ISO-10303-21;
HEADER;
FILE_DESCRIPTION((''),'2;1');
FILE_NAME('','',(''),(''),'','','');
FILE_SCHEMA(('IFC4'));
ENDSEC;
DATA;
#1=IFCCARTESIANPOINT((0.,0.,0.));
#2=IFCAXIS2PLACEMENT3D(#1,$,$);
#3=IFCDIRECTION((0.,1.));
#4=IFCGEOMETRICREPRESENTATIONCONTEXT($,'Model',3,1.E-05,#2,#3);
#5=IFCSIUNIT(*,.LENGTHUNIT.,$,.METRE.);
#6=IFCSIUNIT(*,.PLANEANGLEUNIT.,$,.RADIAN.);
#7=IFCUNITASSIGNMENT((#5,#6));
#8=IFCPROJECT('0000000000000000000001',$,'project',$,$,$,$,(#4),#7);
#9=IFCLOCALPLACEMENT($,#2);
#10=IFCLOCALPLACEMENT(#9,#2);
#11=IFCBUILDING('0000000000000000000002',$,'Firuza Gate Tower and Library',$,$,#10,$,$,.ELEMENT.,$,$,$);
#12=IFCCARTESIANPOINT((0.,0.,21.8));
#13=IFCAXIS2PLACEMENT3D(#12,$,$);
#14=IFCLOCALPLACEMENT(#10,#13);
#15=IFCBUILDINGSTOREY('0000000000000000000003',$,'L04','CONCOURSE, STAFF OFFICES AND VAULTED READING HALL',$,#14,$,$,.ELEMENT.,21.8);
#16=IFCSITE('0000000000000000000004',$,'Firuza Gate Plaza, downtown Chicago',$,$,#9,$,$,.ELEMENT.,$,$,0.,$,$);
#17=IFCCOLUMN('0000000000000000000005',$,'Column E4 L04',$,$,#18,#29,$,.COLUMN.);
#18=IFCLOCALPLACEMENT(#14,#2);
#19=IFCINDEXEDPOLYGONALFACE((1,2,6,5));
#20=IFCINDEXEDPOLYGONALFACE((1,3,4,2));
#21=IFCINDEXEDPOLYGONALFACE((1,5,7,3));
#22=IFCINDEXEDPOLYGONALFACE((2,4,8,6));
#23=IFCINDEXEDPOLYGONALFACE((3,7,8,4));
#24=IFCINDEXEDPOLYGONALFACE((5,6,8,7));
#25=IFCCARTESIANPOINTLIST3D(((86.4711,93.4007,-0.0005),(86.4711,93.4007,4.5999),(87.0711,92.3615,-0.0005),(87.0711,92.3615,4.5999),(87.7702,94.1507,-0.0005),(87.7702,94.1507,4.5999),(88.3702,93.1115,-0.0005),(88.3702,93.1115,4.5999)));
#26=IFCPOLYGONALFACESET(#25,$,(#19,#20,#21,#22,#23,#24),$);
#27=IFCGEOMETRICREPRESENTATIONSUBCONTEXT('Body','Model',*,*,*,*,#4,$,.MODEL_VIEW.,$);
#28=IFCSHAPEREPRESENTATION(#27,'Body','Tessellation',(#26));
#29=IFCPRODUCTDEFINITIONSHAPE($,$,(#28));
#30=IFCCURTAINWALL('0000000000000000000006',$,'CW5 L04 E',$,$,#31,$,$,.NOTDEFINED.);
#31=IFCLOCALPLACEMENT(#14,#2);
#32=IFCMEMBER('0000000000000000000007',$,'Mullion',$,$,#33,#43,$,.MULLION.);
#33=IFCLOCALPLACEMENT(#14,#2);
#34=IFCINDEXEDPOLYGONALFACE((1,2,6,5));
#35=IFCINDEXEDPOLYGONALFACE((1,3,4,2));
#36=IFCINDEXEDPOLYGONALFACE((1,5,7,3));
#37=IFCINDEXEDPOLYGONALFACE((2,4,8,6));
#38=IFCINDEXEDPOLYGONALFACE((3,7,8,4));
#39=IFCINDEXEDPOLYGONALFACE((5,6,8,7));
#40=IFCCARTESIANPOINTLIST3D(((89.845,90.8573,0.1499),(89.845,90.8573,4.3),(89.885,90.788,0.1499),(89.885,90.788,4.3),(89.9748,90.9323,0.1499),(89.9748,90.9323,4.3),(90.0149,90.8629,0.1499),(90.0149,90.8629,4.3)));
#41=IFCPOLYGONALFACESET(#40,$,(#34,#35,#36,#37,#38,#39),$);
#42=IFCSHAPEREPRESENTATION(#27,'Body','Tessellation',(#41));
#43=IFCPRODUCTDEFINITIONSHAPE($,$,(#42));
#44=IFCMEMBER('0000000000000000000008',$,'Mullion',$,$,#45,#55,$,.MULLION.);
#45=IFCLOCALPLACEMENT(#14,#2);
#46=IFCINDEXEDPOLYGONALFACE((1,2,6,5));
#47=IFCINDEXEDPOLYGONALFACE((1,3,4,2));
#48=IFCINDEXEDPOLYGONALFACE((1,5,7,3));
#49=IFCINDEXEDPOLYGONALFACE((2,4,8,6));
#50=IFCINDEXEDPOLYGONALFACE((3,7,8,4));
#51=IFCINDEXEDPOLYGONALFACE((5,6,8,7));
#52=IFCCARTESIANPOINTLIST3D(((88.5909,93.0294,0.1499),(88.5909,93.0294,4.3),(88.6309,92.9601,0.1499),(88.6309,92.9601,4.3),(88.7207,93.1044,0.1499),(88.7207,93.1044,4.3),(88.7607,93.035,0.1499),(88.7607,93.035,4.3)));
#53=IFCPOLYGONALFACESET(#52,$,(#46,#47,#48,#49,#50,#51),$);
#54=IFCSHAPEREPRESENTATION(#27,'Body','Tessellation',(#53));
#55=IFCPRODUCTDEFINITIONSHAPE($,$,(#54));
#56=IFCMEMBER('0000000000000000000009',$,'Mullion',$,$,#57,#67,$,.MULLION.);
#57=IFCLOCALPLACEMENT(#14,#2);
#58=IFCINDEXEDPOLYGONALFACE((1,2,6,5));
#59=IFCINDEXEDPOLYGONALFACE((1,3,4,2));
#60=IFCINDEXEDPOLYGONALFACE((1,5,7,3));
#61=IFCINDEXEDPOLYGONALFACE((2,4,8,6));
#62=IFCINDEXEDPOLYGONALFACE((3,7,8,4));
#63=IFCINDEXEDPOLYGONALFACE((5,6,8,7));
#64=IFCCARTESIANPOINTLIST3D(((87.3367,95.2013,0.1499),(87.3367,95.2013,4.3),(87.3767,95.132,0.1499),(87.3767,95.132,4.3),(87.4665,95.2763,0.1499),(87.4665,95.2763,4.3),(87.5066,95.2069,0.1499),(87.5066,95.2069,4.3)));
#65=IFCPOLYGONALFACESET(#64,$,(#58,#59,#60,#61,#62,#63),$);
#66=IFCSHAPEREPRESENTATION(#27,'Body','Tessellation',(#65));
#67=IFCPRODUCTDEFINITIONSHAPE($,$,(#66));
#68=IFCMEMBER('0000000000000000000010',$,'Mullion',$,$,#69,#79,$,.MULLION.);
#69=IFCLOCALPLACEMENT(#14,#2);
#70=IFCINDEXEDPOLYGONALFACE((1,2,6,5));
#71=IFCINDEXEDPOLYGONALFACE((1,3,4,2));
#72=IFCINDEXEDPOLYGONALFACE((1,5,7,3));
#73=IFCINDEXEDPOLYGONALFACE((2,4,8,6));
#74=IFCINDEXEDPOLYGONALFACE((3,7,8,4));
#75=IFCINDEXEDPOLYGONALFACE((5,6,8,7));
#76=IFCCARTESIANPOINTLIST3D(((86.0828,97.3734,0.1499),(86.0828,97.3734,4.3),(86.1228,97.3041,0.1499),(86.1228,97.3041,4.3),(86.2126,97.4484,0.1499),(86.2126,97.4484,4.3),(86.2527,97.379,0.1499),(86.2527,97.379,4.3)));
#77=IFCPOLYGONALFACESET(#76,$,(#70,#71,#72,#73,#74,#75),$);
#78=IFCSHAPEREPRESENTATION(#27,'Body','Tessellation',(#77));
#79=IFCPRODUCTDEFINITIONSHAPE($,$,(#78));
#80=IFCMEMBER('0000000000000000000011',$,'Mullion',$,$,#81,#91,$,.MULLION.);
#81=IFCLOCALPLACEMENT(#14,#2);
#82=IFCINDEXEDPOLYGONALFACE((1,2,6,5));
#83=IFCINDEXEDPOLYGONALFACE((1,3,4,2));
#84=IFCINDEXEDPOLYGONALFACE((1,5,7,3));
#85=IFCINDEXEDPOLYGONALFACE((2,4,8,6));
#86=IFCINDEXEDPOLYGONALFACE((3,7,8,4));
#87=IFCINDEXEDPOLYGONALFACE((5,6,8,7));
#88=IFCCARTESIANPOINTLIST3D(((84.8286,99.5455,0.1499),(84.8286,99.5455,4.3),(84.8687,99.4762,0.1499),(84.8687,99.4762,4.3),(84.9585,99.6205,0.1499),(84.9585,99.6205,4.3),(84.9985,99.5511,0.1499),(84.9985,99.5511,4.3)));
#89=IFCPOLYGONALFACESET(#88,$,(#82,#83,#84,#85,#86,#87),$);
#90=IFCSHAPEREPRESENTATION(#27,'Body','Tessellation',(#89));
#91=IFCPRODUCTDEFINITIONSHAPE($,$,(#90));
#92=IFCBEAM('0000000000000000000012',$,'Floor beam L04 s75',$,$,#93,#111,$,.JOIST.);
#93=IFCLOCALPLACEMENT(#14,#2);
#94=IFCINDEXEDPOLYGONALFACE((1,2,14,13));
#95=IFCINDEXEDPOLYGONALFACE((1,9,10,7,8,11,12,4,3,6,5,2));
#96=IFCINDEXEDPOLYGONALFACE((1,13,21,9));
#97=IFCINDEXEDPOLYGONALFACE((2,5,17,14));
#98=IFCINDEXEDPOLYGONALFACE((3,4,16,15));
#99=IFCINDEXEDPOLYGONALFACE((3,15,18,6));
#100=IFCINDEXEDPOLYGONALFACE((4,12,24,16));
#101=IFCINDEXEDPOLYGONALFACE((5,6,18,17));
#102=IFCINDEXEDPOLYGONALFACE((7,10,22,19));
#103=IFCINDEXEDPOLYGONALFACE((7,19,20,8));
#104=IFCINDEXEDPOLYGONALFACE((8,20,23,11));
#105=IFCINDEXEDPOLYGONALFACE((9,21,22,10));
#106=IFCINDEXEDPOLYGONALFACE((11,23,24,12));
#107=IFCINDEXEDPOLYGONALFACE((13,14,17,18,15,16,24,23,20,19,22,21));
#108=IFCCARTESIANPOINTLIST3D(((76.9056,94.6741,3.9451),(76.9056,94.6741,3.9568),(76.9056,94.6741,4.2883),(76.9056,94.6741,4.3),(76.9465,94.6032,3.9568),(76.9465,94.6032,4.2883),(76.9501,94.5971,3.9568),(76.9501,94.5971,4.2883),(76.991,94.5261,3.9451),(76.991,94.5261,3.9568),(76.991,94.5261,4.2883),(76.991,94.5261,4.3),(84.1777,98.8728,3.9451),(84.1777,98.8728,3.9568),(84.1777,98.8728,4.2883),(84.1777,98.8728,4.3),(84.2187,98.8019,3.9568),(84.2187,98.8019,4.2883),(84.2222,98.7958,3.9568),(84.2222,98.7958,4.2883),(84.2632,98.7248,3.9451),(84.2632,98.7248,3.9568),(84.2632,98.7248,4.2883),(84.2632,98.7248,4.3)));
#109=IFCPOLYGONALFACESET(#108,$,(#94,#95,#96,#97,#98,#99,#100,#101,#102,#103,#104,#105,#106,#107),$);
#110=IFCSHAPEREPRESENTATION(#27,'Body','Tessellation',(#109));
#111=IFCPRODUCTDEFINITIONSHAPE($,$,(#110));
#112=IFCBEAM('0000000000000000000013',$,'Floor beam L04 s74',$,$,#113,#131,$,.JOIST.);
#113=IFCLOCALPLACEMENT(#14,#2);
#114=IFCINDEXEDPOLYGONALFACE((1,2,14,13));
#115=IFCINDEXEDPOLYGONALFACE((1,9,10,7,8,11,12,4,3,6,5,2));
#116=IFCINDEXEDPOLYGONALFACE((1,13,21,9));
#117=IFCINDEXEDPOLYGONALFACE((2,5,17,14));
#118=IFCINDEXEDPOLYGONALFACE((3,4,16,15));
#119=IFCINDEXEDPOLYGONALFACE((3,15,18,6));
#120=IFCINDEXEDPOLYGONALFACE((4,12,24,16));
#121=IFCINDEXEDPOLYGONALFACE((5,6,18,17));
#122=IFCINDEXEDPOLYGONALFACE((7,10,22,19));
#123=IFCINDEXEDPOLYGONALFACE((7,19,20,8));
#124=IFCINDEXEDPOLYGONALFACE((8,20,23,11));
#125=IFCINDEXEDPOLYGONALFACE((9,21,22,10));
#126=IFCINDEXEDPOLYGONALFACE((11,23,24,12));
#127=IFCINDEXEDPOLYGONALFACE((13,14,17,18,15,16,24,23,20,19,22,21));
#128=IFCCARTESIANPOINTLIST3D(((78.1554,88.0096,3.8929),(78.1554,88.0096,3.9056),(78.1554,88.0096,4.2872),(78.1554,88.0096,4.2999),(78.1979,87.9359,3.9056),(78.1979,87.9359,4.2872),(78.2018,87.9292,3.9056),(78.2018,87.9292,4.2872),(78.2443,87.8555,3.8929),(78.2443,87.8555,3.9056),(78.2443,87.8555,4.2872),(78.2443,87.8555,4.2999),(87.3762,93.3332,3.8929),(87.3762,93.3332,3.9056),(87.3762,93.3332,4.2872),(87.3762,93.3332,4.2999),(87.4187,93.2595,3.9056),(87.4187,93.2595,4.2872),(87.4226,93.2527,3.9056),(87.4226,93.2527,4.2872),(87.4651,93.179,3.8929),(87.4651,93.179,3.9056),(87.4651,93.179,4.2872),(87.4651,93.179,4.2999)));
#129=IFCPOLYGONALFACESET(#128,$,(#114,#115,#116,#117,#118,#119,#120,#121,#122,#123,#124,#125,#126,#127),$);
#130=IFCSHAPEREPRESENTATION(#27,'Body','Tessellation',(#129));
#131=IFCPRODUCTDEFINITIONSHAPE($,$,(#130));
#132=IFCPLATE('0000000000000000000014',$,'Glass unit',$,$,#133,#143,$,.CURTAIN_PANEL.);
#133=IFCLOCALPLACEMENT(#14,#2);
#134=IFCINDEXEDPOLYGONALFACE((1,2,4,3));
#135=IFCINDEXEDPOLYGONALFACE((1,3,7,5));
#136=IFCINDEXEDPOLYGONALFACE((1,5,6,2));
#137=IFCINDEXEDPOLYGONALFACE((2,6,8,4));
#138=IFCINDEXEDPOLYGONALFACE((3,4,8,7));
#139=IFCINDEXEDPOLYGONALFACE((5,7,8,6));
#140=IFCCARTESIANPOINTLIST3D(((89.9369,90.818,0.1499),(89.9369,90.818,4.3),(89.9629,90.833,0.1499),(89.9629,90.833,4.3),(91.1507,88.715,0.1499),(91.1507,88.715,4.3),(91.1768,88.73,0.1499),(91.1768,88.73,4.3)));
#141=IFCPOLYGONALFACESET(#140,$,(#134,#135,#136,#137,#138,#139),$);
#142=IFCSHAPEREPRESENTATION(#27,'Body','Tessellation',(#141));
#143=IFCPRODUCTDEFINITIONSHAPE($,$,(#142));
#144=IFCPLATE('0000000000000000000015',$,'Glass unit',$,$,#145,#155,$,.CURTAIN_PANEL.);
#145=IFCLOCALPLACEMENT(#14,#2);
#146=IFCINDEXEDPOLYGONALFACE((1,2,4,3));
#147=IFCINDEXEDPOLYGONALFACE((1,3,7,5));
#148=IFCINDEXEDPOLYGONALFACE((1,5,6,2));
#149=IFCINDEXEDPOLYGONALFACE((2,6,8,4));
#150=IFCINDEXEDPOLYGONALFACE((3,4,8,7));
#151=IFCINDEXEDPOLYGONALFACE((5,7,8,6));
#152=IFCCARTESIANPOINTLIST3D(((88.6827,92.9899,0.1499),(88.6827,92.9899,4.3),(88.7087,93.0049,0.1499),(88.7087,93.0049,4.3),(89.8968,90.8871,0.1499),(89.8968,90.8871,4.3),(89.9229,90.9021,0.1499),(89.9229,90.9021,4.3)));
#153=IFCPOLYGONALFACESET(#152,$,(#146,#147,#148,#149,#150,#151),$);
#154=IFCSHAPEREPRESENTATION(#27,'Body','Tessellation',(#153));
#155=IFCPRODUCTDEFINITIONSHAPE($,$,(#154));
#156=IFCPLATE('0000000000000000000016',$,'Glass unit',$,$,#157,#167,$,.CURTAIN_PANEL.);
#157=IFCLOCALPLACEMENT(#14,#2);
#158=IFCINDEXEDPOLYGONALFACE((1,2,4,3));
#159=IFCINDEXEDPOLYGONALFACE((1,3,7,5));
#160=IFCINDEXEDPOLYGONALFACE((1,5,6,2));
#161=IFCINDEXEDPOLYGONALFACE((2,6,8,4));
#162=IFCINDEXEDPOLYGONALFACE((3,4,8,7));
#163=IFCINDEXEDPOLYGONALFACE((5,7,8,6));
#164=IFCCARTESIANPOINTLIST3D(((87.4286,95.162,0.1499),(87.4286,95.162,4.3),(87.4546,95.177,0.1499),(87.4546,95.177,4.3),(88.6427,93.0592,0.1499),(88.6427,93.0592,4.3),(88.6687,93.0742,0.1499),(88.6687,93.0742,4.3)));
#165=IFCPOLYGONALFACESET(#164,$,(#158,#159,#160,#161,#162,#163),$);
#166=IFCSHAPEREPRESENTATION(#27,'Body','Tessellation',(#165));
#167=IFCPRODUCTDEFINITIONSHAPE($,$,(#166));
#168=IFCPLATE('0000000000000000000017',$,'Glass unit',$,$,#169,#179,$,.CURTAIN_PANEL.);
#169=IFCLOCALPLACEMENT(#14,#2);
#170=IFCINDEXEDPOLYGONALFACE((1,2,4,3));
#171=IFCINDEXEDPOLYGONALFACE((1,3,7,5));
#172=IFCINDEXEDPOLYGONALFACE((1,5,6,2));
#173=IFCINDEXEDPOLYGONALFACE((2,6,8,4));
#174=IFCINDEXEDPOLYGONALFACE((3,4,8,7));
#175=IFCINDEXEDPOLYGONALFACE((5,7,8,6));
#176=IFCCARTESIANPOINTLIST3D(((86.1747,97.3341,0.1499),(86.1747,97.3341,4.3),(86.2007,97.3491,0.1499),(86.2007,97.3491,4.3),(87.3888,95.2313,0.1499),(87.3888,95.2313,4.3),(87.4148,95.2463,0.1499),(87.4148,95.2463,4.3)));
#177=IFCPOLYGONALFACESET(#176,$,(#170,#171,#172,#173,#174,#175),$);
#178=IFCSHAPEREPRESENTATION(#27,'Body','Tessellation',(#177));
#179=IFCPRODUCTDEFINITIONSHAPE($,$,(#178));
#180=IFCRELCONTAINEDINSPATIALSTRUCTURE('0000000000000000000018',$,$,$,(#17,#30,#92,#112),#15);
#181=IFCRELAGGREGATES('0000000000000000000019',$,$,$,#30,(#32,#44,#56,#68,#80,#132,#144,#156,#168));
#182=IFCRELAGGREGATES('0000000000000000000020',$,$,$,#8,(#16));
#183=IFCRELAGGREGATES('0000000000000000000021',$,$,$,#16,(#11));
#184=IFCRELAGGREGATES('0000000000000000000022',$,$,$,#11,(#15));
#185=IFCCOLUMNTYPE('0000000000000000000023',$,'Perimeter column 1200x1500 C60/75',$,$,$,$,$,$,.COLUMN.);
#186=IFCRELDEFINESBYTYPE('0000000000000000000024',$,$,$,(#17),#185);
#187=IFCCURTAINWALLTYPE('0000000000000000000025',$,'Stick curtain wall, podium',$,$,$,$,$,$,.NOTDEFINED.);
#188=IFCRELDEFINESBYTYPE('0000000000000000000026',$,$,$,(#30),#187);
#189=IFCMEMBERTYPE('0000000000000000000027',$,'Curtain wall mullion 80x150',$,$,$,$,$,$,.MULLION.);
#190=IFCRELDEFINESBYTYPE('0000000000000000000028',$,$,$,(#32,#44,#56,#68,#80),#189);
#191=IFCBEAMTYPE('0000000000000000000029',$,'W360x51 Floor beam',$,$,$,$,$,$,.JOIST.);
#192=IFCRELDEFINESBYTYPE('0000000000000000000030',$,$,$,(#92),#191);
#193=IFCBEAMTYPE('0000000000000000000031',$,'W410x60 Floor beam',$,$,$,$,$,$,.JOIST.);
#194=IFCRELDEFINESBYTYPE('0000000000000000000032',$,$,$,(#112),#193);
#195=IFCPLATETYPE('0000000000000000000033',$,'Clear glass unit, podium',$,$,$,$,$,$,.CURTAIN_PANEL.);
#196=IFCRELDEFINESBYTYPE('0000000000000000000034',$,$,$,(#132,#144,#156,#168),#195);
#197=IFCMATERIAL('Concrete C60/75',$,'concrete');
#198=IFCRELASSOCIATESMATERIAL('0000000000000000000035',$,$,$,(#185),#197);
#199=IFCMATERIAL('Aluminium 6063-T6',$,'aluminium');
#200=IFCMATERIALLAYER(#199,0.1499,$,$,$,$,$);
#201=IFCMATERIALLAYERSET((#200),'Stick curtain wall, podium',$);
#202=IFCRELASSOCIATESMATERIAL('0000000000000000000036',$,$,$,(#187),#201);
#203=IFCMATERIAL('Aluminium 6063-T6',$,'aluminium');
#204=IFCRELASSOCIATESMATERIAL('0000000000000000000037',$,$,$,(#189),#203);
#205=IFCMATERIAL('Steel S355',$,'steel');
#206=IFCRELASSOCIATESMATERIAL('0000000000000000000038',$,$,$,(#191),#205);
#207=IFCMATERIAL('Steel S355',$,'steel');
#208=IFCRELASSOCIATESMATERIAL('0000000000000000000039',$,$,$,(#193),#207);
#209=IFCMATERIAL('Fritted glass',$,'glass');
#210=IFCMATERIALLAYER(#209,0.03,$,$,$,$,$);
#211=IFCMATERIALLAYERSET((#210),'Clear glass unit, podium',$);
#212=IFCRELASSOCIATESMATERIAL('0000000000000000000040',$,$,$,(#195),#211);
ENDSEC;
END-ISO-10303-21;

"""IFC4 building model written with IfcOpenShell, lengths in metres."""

from ifc_helpers import new_model, si_unit, direction, frame, origin, origin_2d, place, context, subcontext, project, spatial, polyline, rectangle, i_section, outline, extrude, material, layer, layer_set, material_profile, profile_set, type_object, element, aggregate, save


model = new_model("IFC4")

# Units and contexts
model_context = context("Model", 3, precision=1e-05, world=origin(), true_north=direction((0.0, 1.0)))
body_context = subcontext(model_context, "Body", "Model", "MODEL_VIEW")
ifc_project = project(units=[si_unit("LENGTHUNIT", "METRE"), si_unit("PLANEANGLEUNIT", "RADIAN")], contexts=[model_context])

# Site, building, storey
site_placement = place(None, origin())
site = spatial("IfcSite", under=ifc_project, at=site_placement, Name="Firuza Gate Plaza, downtown Chicago", CompositionType="ELEMENT", RefElevation=0.0)
building_placement = place(site_placement, origin())
building = spatial("IfcBuilding", under=site, at=building_placement, Name="Firuza Gate Tower and Library", CompositionType="ELEMENT")
storey_placement = place(building_placement, frame((0.0, 0.0, 21.8)))
storey = spatial("IfcBuildingStorey", under=building, at=storey_placement, Name="L04", Description="CONCOURSE, STAFF OFFICES AND VAULTED READING HALL", CompositionType="ELEMENT", Elevation=21.8)

# Column
ifc_material_1 = material(Name="Concrete C60/75", Category="concrete")
ifc_material_profile_1 = material_profile(ifc_material_1, rectangle(XDim=1.2, YDim=1.5, at=origin_2d()))
ifc_profile_set_1 = profile_set([ifc_material_profile_1], Name="Concrete C60/75")
column_type = type_object("IfcColumnType", Name="Perimeter column 1200x1500 C60/75", PredefinedType="COLUMN", material=ifc_profile_set_1)
column_placement = place(storey_placement, frame((87.4207, 93.2561, -0.0005), z_axis=(0.0, 0.0, 1.0), x_axis=(-0.5, 0.866025, 0.0)))
element("IfcColumn", 1, at=column_placement, inside=storey, type_object=column_type, Name="Column E4 L04", PredefinedType="COLUMN", context=body_context, shape_type="SweptSolid", body=[
    extrude(rectangle(XDim=1.2, YDim=1.5, at=origin_2d()), origin(), (0.0, 0.0, 1.0), 4.6003),
])

# Curtain wall, members
ifc_material_2 = material(Name="Aluminium 6063-T6", Category="aluminium")
ifc_layer_1 = layer(ifc_material_2, 0.1499)
ifc_layer_set_1 = layer_set([ifc_layer_1], Name="Stick curtain wall, podium")
curtain_wall_type = type_object("IfcCurtainWallType", Name="Stick curtain wall, podium", PredefinedType="NOTDEFINED", material=ifc_layer_set_1)
curtain_wall_placement = place(storey_placement, origin())
curtain_wall = element("IfcCurtainWall", 2, at=curtain_wall_placement, inside=storey, type_object=curtain_wall_type, Name="CW5 L04 E", PredefinedType="NOTDEFINED")
ifc_material_3 = material(Name="Aluminium 6063-T6", Category="aluminium")
ifc_material_profile_2 = material_profile(ifc_material_3, rectangle(XDim=0.1499, YDim=0.0801, at=origin_2d()))
ifc_profile_set_2 = profile_set([ifc_material_profile_2], Name="Aluminium 6063-T6")
member_type = type_object("IfcMemberType", Name="Curtain wall mullion 80x150", PredefinedType="MULLION", material=ifc_profile_set_2)
member_1_placement = place(storey_placement, frame((89.9299, 90.8601, 0.1499), z_axis=(0.0, 0.0, 1.0), x_axis=(-0.866025, -0.5, 0.0)))
member_1 = element("IfcMember", 3, at=member_1_placement, type_object=member_type, Name="Mullion", PredefinedType="MULLION", context=body_context, shape_type="SweptSolid", body=[
    extrude(rectangle(XDim=0.1499, YDim=0.0801, at=origin_2d()), origin(), (0.0, 0.0, 1.0), 4.1501),
])
member_2_placement = place(storey_placement, frame((88.6758, 93.0322, 0.1499), z_axis=(0.0, 0.0, 1.0), x_axis=(-0.866025, -0.5, 0.0)))
member_2 = element("IfcMember", 4, at=member_2_placement, type_object=member_type, Name="Mullion", PredefinedType="MULLION", context=body_context, shape_type="SweptSolid", body=[
    extrude(rectangle(XDim=0.1499, YDim=0.0801, at=origin_2d()), origin(), (0.0, 0.0, 1.0), 4.1501),
])
member_3_placement = place(storey_placement, frame((87.4216, 95.2041, 0.1499), z_axis=(0.0, 0.0, 1.0), x_axis=(-0.866025, -0.5, 0.0)))
member_3 = element("IfcMember", 5, at=member_3_placement, type_object=member_type, Name="Mullion", PredefinedType="MULLION", context=body_context, shape_type="SweptSolid", body=[
    extrude(rectangle(XDim=0.1499, YDim=0.0801, at=origin_2d()), origin(), (0.0, 0.0, 1.0), 4.1501),
])
member_4_placement = place(storey_placement, frame((86.1677, 97.3762, 0.1499), z_axis=(0.0, 0.0, 1.0), x_axis=(-0.866025, -0.5, 0.0)))
member_4 = element("IfcMember", 6, at=member_4_placement, type_object=member_type, Name="Mullion", PredefinedType="MULLION", context=body_context, shape_type="SweptSolid", body=[
    extrude(rectangle(XDim=0.1499, YDim=0.0801, at=origin_2d()), origin(), (0.0, 0.0, 1.0), 4.1501),
])
member_5_placement = place(storey_placement, frame((84.9136, 99.5483, 0.1499), z_axis=(0.0, 0.0, 1.0), x_axis=(-0.866025, -0.5, 0.0)))
member_5 = element("IfcMember", 7, at=member_5_placement, type_object=member_type, Name="Mullion", PredefinedType="MULLION", context=body_context, shape_type="SweptSolid", body=[
    extrude(rectangle(XDim=0.1499, YDim=0.0801, at=origin_2d()), origin(), (0.0, 0.0, 1.0), 4.1501),
])

# Beams
ifc_material_4 = material(Name="Steel S355", Category="steel")
ifc_material_profile_3 = material_profile(ifc_material_4, i_section(OverallWidth=0.1709, OverallDepth=0.355, WebThickness=0.0071, FlangeThickness=0.0117, at=origin_2d()))
ifc_profile_set_3 = profile_set([ifc_material_profile_3], Name="Steel S355")
beam_type_1 = type_object("IfcBeamType", Name="W360x51 Floor beam", PredefinedType="JOIST", material=ifc_profile_set_3)
beam_1_placement = place(storey_placement, frame((84.2205, 98.7988, 4.1226), z_axis=(-0.86602, -0.50001, 0.0), x_axis=(0.50001, -0.86602, 0.0)))
element("IfcBeam", 8, at=beam_1_placement, inside=storey, type_object=beam_type_1, Name="Floor beam L04 s75", PredefinedType="JOIST", context=body_context, shape_type="SweptSolid", body=[
    extrude(i_section(OverallWidth=0.1709, OverallDepth=0.355, WebThickness=0.0071, FlangeThickness=0.0117, at=origin_2d()), origin(), (0.0, 0.0, 1.0), 8.3972),
])
ifc_material_5 = material(Name="Steel S355", Category="steel")
ifc_material_profile_4 = material_profile(ifc_material_5, i_section(OverallWidth=0.178, OverallDepth=0.407, WebThickness=0.0078, FlangeThickness=0.0127, at=origin_2d()))
ifc_profile_set_4 = profile_set([ifc_material_profile_4], Name="Steel S355")
beam_type_2 = type_object("IfcBeamType", Name="W410x60 Floor beam", PredefinedType="JOIST", material=ifc_profile_set_4)
beam_2_placement = place(storey_placement, frame((87.4207, 93.2561, 4.0964), z_axis=(-0.866029, -0.499994, 0.0), x_axis=(0.499994, -0.866029, 0.0)))
element("IfcBeam", 9, at=beam_2_placement, inside=storey, type_object=beam_type_2, Name="Floor beam L04 s74", PredefinedType="JOIST", context=body_context, shape_type="SweptSolid", body=[
    extrude(i_section(OverallWidth=0.178, OverallDepth=0.407, WebThickness=0.0078, FlangeThickness=0.0127, at=origin_2d()), origin(), (0.0, 0.0, 1.0), 10.6472),
])

# Plates
ifc_material_6 = material(Name="Fritted glass", Category="glass")
ifc_layer_2 = layer(ifc_material_6, 0.03)
ifc_layer_set_2 = layer_set([ifc_layer_2], Name="Clear glass unit, podium")
plate_type = type_object("IfcPlateType", Name="Clear glass unit, podium", PredefinedType="CURTAIN_PANEL", material=ifc_layer_set_2)
plate_1_placement = place(storey_placement, frame((91.1768, 88.73, 0.1499), z_axis=(0.866082, 0.499902, 0.0), x_axis=(-0.499902, 0.866082, 0.0)))
plate_1 = element("IfcPlate", 10, at=plate_1_placement, type_object=plate_type, Name="Glass unit", PredefinedType="CURTAIN_PANEL", context=body_context, shape_type="SweptSolid", body=[
    extrude(outline(polyline([(0.0, 0.0), (2.4282, 0.0), (2.4282, 4.1501), (0.0, 4.1501), (0.0, 0.0)])), origin(), (0.0, 0.0, -1.0), 0.03),
])
plate_2_placement = place(storey_placement, frame((89.9229, 90.9021, 0.1499), z_axis=(0.866013, 0.500021, 0.0), x_axis=(-0.500021, 0.866013, 0.0)))
plate_2 = element("IfcPlate", 11, at=plate_2_placement, type_object=plate_type, Name="Glass unit", PredefinedType="CURTAIN_PANEL", context=body_context, shape_type="SweptSolid", body=[
    extrude(outline(polyline([(0.0, 0.0), (2.4281, 0.0), (2.4281, 4.1501), (0.0, 4.1501), (0.0, 0.0)])), origin(), (0.0, 0.0, -1.0), 0.03),
])
plate_3_placement = place(storey_placement, frame((88.6687, 93.0742, 0.1499), z_axis=(0.866013, 0.500021, 0.0), x_axis=(-0.500021, 0.866013, 0.0)))
plate_3 = element("IfcPlate", 12, at=plate_3_placement, type_object=plate_type, Name="Glass unit", PredefinedType="CURTAIN_PANEL", context=body_context, shape_type="SweptSolid", body=[
    extrude(outline(polyline([(0.0, 0.0), (2.4281, 0.0), (2.4281, 4.1501), (0.0, 4.1501), (0.0, 0.0)])), origin(), (0.0, 0.0, -1.0), 0.03),
])
plate_4_placement = place(storey_placement, frame((87.4148, 95.2463, 0.1499), z_axis=(0.866013, 0.500021, 0.0), x_axis=(-0.500021, 0.866013, 0.0)))
plate_4 = element("IfcPlate", 13, at=plate_4_placement, type_object=plate_type, Name="Glass unit", PredefinedType="CURTAIN_PANEL", context=body_context, shape_type="SweptSolid", body=[
    extrude(outline(polyline([(0.0, 0.0), (2.4281, 0.0), (2.4281, 4.1501), (0.0, 4.1501), (0.0, 0.0)])), origin(), (0.0, 0.0, -1.0), 0.03),
])
aggregate(curtain_wall, [member_1, member_2, member_3, member_4, member_5, plate_1, plate_2, plate_3, plate_4])

save(model, "model.ifc")
